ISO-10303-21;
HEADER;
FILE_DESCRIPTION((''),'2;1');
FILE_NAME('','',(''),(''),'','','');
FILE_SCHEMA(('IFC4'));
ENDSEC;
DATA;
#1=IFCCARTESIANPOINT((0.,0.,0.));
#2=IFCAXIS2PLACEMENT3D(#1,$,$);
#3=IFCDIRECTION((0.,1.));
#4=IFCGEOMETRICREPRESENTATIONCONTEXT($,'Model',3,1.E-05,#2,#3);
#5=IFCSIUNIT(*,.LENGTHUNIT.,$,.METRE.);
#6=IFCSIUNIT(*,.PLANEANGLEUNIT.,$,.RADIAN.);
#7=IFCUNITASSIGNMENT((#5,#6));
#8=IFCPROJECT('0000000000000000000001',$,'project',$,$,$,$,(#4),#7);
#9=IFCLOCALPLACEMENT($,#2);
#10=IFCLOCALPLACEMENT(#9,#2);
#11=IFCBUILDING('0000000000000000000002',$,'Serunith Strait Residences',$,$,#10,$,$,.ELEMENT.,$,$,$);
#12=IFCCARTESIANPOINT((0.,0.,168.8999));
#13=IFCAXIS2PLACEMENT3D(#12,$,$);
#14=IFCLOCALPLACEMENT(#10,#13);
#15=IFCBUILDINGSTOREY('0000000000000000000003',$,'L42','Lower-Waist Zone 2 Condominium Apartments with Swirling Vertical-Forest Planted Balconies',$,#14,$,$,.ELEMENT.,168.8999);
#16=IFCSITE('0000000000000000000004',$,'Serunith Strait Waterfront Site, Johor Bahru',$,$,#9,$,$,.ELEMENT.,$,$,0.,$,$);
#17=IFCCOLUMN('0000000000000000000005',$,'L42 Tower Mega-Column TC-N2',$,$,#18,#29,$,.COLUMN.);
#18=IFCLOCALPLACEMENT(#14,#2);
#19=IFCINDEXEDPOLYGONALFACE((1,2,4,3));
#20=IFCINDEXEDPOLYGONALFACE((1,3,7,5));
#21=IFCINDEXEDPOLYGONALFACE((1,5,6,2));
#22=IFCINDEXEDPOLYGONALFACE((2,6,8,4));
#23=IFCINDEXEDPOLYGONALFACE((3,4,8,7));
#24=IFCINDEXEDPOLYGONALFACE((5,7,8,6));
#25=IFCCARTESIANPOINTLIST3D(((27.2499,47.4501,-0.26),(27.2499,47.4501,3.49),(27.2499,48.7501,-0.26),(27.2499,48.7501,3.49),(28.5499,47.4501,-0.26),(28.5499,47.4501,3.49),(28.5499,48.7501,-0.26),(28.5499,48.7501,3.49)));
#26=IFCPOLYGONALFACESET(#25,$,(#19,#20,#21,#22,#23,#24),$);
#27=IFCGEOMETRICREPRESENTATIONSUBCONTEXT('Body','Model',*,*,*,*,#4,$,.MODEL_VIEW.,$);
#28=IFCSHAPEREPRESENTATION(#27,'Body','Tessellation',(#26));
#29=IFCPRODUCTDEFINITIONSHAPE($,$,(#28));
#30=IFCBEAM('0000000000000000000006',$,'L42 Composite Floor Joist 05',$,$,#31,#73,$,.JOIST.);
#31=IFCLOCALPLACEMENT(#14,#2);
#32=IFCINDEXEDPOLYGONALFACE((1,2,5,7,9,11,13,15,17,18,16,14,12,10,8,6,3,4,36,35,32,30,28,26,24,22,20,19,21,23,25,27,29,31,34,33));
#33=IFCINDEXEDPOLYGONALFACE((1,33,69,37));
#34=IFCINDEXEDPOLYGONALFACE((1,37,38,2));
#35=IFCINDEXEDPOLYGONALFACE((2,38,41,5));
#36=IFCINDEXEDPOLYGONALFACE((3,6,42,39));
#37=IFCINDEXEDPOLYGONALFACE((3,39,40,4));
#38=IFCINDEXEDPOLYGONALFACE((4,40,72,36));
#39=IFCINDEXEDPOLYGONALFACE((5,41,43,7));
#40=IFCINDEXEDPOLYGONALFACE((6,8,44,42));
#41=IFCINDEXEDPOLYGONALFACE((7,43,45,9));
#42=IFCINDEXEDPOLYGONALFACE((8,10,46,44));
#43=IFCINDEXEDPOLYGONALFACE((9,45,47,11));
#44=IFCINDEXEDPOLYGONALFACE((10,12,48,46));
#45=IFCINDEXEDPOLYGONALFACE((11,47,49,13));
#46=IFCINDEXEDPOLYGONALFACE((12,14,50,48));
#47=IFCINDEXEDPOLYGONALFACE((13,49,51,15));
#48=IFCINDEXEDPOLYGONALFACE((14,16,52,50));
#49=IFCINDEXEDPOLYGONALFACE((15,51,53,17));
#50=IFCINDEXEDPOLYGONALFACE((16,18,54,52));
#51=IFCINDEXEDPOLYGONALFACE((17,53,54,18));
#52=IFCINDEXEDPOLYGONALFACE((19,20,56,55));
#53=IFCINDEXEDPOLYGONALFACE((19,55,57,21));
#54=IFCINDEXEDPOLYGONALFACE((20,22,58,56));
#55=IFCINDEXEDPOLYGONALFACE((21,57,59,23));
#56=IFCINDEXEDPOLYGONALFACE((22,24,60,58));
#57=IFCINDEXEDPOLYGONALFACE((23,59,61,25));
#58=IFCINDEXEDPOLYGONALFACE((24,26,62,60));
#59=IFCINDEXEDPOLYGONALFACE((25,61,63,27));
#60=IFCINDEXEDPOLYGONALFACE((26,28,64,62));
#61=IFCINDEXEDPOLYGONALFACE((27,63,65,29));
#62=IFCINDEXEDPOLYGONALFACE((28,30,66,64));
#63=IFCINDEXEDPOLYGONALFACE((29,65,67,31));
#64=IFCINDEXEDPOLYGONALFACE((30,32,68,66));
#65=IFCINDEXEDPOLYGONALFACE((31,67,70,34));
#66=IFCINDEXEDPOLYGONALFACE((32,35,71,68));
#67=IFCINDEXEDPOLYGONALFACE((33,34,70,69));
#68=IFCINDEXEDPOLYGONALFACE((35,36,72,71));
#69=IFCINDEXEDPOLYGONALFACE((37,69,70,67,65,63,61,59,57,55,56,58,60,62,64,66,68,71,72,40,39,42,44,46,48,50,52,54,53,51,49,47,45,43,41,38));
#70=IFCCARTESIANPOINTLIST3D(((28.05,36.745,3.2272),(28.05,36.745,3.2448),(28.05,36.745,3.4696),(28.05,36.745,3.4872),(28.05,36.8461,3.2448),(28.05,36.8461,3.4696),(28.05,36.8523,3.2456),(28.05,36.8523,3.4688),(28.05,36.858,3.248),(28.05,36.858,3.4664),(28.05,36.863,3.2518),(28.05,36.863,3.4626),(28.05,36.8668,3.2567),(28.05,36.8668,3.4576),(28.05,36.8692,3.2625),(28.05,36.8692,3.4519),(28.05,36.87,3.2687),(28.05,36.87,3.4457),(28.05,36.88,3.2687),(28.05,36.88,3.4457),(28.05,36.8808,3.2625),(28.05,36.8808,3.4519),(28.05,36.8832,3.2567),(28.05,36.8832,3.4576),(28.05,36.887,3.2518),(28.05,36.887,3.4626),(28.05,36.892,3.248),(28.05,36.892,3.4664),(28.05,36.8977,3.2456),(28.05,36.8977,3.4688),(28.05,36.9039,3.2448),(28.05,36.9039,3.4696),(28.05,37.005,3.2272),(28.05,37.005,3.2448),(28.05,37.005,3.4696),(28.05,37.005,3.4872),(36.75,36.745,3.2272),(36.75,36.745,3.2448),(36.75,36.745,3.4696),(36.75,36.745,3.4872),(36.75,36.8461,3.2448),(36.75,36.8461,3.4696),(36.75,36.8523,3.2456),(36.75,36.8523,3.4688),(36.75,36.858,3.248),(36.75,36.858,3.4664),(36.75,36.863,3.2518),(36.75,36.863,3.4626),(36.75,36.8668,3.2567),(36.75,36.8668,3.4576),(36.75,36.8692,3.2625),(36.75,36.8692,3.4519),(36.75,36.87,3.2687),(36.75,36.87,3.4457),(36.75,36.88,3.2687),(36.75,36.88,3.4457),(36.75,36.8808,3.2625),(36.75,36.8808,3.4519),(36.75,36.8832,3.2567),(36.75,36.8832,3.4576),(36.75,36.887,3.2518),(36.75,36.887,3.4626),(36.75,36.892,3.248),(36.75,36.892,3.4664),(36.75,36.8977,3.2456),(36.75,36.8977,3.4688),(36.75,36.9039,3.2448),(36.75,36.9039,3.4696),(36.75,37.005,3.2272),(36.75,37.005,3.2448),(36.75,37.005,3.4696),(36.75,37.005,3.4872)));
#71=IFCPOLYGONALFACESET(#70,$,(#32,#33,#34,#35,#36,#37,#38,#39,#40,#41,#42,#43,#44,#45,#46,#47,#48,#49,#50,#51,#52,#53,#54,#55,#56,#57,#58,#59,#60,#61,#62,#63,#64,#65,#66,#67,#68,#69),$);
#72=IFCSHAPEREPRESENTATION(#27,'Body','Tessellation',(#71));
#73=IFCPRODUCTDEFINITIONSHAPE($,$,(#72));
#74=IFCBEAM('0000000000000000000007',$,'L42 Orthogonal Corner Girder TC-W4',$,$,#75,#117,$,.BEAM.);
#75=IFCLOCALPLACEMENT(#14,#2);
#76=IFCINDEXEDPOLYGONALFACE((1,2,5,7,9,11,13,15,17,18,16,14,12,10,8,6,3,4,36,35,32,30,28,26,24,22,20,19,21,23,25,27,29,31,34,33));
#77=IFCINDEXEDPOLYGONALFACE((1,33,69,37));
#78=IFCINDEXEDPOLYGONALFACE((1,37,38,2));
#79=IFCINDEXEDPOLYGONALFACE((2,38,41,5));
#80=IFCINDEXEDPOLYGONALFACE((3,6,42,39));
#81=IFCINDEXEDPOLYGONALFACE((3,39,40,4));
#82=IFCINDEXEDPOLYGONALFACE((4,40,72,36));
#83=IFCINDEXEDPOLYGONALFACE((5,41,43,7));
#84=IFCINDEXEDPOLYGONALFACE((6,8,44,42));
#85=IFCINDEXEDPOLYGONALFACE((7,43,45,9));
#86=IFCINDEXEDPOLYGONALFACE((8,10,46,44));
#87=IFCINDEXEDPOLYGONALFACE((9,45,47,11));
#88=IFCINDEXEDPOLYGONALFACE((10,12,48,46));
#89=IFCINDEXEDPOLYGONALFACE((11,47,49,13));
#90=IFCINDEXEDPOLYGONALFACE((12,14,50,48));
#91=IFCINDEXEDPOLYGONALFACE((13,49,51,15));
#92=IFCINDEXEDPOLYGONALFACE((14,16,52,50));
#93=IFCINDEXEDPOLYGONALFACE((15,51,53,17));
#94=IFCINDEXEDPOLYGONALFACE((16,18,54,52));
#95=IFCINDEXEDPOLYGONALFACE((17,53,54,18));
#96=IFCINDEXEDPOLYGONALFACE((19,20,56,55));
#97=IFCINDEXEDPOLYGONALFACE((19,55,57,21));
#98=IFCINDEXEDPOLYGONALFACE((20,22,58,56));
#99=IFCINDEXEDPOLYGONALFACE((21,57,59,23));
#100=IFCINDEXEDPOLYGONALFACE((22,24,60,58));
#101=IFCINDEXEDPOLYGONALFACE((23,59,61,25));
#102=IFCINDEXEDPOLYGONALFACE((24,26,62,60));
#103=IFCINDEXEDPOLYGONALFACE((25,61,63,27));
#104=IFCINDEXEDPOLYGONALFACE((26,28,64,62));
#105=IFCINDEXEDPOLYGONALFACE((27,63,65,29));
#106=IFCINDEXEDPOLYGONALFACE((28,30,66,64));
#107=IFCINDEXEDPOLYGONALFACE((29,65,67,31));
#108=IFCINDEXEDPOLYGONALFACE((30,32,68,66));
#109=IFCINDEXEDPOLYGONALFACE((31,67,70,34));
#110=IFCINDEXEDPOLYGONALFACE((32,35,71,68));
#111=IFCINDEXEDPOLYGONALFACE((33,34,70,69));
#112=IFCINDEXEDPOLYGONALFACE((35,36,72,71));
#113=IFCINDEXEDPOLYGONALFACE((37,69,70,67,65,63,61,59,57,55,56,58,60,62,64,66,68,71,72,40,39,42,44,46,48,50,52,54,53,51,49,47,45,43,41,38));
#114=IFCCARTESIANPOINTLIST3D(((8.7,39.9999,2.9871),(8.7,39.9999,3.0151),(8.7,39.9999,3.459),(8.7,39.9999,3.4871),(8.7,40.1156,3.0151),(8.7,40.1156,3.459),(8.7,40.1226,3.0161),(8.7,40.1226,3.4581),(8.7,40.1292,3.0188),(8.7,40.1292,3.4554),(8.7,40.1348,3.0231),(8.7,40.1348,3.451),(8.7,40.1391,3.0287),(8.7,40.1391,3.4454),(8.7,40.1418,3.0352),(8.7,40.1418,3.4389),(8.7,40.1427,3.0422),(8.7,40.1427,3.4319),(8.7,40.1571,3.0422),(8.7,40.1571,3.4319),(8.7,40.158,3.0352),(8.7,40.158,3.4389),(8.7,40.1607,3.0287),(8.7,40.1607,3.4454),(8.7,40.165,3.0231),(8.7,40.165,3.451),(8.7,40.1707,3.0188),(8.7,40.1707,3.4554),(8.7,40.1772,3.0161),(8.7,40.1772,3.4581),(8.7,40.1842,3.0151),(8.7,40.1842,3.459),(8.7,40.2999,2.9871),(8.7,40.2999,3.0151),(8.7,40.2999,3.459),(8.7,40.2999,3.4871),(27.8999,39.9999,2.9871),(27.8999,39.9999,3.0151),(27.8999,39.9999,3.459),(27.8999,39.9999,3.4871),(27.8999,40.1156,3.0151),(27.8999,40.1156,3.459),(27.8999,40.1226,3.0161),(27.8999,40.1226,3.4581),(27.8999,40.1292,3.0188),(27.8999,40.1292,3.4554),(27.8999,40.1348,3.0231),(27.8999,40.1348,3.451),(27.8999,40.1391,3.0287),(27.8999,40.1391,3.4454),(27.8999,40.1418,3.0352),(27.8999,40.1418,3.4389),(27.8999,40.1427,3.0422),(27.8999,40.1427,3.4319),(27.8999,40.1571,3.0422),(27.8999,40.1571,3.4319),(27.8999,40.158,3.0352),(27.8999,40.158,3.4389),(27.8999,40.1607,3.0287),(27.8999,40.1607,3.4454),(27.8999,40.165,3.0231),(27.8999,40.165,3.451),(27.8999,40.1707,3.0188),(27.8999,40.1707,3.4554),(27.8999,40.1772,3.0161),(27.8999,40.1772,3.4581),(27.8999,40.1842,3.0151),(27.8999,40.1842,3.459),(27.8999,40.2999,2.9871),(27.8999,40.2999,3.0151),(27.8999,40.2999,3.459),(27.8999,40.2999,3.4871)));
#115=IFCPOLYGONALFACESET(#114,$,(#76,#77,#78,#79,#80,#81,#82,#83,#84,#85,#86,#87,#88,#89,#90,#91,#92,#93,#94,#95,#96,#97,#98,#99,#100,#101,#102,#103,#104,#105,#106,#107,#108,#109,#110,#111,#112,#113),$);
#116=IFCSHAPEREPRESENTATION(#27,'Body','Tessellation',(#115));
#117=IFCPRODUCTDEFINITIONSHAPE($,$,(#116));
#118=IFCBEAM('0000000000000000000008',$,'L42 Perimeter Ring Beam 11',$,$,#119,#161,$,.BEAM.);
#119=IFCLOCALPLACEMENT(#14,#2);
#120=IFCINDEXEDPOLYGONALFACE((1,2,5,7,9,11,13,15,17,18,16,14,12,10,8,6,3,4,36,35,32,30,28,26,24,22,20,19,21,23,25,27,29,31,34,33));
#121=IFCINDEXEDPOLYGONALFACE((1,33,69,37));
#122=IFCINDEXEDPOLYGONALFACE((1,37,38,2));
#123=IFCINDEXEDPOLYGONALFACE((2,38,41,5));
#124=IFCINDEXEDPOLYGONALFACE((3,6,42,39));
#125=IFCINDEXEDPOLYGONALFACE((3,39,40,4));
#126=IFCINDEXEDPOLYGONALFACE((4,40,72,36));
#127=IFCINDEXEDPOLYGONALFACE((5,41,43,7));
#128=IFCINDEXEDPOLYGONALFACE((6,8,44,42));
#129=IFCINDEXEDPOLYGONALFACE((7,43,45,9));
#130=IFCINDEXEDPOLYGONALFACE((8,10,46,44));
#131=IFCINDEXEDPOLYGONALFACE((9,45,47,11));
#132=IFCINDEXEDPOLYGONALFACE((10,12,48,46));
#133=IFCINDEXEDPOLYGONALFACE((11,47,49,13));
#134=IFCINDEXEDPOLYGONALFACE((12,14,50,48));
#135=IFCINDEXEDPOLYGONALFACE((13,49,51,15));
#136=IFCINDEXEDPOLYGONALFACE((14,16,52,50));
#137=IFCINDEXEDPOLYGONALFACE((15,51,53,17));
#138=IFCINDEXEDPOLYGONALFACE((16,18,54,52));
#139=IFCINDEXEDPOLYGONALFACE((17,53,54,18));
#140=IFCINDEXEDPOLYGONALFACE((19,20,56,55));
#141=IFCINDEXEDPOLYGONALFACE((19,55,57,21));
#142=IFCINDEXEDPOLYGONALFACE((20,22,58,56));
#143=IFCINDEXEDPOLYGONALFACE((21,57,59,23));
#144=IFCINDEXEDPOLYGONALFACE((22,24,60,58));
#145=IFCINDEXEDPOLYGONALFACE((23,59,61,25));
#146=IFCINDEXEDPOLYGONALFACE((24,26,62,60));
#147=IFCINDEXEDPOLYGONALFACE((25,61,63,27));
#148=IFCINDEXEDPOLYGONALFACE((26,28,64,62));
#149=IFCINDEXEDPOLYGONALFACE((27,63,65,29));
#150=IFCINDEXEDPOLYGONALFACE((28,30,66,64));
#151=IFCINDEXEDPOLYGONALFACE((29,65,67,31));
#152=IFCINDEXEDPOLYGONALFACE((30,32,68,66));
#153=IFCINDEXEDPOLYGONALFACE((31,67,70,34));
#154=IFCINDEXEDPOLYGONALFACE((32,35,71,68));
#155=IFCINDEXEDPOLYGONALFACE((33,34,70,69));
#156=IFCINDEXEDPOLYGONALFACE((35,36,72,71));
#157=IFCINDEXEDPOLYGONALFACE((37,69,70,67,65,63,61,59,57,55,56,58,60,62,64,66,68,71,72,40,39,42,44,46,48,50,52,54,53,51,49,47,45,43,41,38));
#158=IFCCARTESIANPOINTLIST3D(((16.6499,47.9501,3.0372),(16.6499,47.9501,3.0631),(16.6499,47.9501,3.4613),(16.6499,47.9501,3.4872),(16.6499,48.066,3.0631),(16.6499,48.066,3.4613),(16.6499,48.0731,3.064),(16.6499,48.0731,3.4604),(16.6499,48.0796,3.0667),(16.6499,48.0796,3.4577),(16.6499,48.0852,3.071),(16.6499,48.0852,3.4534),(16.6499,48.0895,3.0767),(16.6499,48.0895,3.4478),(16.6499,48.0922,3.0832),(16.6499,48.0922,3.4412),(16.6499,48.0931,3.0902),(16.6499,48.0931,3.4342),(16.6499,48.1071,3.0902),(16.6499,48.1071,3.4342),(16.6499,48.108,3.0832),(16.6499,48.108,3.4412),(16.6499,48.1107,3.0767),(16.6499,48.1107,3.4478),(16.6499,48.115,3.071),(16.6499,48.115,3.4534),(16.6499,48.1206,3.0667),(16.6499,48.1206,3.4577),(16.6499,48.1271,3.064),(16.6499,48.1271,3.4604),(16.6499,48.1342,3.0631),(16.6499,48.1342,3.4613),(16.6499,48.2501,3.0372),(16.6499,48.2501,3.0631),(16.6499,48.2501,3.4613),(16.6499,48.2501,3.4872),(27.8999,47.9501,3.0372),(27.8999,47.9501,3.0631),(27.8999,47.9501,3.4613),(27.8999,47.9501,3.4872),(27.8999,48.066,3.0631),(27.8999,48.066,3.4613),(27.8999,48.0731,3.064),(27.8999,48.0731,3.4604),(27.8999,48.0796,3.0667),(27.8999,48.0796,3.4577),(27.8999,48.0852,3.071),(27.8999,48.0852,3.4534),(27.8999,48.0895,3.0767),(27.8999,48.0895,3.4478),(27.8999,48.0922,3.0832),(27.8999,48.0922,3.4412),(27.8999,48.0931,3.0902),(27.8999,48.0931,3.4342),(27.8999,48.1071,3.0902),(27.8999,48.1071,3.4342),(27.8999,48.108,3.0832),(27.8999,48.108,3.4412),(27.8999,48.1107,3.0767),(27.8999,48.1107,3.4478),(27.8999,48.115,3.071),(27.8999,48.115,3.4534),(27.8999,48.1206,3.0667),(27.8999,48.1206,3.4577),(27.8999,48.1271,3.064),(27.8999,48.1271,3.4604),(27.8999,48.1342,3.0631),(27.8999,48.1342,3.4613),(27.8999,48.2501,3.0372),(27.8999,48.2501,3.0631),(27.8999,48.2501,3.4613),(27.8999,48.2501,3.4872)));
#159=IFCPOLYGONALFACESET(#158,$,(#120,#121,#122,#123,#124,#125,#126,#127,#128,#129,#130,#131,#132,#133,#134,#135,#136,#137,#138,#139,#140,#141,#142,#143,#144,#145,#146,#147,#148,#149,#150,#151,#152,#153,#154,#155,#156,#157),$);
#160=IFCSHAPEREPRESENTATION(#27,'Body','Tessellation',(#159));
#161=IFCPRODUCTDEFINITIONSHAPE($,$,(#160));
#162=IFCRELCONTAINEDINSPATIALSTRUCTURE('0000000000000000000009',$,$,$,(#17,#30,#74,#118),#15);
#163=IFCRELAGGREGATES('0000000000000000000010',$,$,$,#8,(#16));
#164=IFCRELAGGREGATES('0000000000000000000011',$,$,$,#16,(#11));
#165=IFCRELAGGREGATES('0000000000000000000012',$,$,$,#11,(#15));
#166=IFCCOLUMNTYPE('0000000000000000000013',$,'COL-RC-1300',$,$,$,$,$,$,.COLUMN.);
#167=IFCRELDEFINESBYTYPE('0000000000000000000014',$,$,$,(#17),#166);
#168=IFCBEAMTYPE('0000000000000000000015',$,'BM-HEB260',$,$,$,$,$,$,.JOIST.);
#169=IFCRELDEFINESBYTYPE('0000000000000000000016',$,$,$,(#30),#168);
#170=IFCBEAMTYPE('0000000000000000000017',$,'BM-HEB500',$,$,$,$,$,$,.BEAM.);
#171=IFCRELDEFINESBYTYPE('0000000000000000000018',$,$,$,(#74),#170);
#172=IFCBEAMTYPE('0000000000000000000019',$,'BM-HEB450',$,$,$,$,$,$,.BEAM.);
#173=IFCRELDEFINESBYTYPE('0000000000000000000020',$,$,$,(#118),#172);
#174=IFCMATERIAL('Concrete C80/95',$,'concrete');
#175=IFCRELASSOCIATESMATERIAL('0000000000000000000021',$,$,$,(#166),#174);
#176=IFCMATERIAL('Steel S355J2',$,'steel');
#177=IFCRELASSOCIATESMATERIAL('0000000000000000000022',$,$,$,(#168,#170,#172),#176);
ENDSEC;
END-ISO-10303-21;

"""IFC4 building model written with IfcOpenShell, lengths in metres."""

from ifc_helpers import new_model, si_unit, direction, frame, origin, origin_2d, place, context, subcontext, project, spatial, rectangle, i_section, extrude, source, transform, mapped, material, material_profile, profile_set, type_object, element, save


model = new_model("IFC4")

# Units and contexts
model_context = context("Model", 3, precision=1e-05, world=origin(), true_north=direction((0.0, 1.0)))
body_context = subcontext(model_context, "Body", "Model", "MODEL_VIEW")
ifc_project = project(units=[si_unit("LENGTHUNIT", "METRE"), si_unit("PLANEANGLEUNIT", "RADIAN")], contexts=[model_context])

# Site, building, storey
site_placement = place(None, origin())
site = spatial("IfcSite", under=ifc_project, at=site_placement, Name="Serunith Strait Waterfront Site, Johor Bahru", CompositionType="ELEMENT", RefElevation=0.0)
building_placement = place(site_placement, origin())
building = spatial("IfcBuilding", under=site, at=building_placement, Name="Serunith Strait Residences", CompositionType="ELEMENT")
storey_placement = place(building_placement, frame((0.0, 0.0, 168.8999)))
storey = spatial("IfcBuildingStorey", under=building, at=storey_placement, Name="L42", Description="Lower-Waist Zone 2 Condominium Apartments with Swirling Vertical-Forest Planted Balconies", CompositionType="ELEMENT", Elevation=168.8999)

# Column
ifc_material_1 = material(Name="Concrete C80/95", Category="concrete")
ifc_material_profile_1 = material_profile(ifc_material_1, rectangle(XDim=1.3, YDim=1.3, at=origin_2d()), Name="RC 1300x1300")
ifc_profile_set_1 = profile_set([ifc_material_profile_1], Name="Concrete C80/95")
column_type = type_object("IfcColumnType", Name="COL-RC-1300", PredefinedType="COLUMN", material=ifc_profile_set_1)
shared_shape_1 = source(origin(), body_context, "Body", "SweptSolid", [
    extrude(rectangle(XDim=1.3, YDim=1.3, at=origin_2d()), origin(), (0.0, 0.0, 1.0), 3.75),
])
column_placement = place(storey_placement, frame((27.8999, 48.1001, -0.26), z_axis=(0.0, 0.0, 1.0), x_axis=(1.0, 0.0, 0.0)))
element("IfcColumn", 1, at=column_placement, inside=storey, type_object=column_type, Name="L42 Tower Mega-Column TC-N2", PredefinedType="COLUMN", context=body_context, shape_type="MappedRepresentation", body=[
    mapped(shared_shape_1, transform((0.0, 0.0, 0.0), scale=1.0)),
])

# Beams
ifc_material_2 = material(Name="Steel S355J2", Category="steel")
ifc_material_profile_2 = material_profile(ifc_material_2, i_section(OverallWidth=0.26, OverallDepth=0.26, WebThickness=0.01, FlangeThickness=0.0176, FilletRadius=0.0239, at=origin_2d()), Name="HEB 260")
ifc_profile_set_2 = profile_set([ifc_material_profile_2], Name="Steel S355J2")
beam_type_1 = type_object("IfcBeamType", Name="BM-HEB260", PredefinedType="JOIST", material=ifc_profile_set_2)
shared_shape_2 = source(origin(), body_context, "Body", "SweptSolid", [
    extrude(i_section(OverallWidth=0.26, OverallDepth=0.26, WebThickness=0.01, FlangeThickness=0.0176, FilletRadius=0.0239, at=origin_2d()), origin(), (0.0, 0.0, 1.0), 8.7),
])
beam_1_placement = place(storey_placement, frame((28.05, 36.875, 3.3572), z_axis=(1.0, 0.0, 0.0), x_axis=(0.0, 1.0, 0.0)))
element("IfcBeam", 2, at=beam_1_placement, inside=storey, type_object=beam_type_1, Name="L42 Composite Floor Joist 05", PredefinedType="JOIST", context=body_context, shape_type="MappedRepresentation", body=[
    mapped(shared_shape_2, transform((0.0, 0.0, 0.0), scale=1.0)),
])
ifc_material_profile_3 = material_profile(ifc_material_2, i_section(OverallWidth=0.3, OverallDepth=0.5, WebThickness=0.0144, FlangeThickness=0.0281, FilletRadius=0.0271, at=origin_2d()), Name="HEB 500")
ifc_profile_set_3 = profile_set([ifc_material_profile_3], Name="Steel S355J2")
beam_type_2 = type_object("IfcBeamType", Name="BM-HEB500", PredefinedType="BEAM", material=ifc_profile_set_3)
shared_shape_3 = source(origin(), body_context, "Body", "SweptSolid", [
    extrude(i_section(OverallWidth=0.3, OverallDepth=0.5, WebThickness=0.0144, FlangeThickness=0.0281, FilletRadius=0.0271, at=origin_2d()), origin(), (0.0, 0.0, 1.0), 19.2),
])
beam_2_placement = place(storey_placement, frame((27.8999, 40.1499, 3.2371), z_axis=(-1.0, 0.0, 0.0), x_axis=(0.0, -1.0, 0.0)))
element("IfcBeam", 3, at=beam_2_placement, inside=storey, type_object=beam_type_2, Name="L42 Orthogonal Corner Girder TC-W4", PredefinedType="BEAM", context=body_context, shape_type="MappedRepresentation", body=[
    mapped(shared_shape_3, transform((0.0, 0.0, 0.0), scale=1.0)),
])
ifc_material_profile_4 = material_profile(ifc_material_2, i_section(OverallWidth=0.3, OverallDepth=0.45, WebThickness=0.0139, FlangeThickness=0.0259, FilletRadius=0.0271, at=origin_2d()), Name="HEB 450")
ifc_profile_set_4 = profile_set([ifc_material_profile_4], Name="Steel S355J2")
beam_type_3 = type_object("IfcBeamType", Name="BM-HEB450", PredefinedType="BEAM", material=ifc_profile_set_4)
shared_shape_4 = source(origin(), body_context, "Body", "SweptSolid", [
    extrude(i_section(OverallWidth=0.3, OverallDepth=0.45, WebThickness=0.0139, FlangeThickness=0.0259, FilletRadius=0.0271, at=origin_2d()), origin(), (0.0, 0.0, 1.0), 11.25),
])
beam_3_placement = place(storey_placement, frame((27.8999, 48.1001, 3.2622), z_axis=(-1.0, 0.0, 0.0), x_axis=(0.0, -1.0, 0.0)))
element("IfcBeam", 4, at=beam_3_placement, inside=storey, type_object=beam_type_3, Name="L42 Perimeter Ring Beam 11", PredefinedType="BEAM", context=body_context, shape_type="MappedRepresentation", body=[
    mapped(shared_shape_4, transform((0.0, 0.0, 0.0), scale=1.0)),
])

save(model, "model.ifc")
